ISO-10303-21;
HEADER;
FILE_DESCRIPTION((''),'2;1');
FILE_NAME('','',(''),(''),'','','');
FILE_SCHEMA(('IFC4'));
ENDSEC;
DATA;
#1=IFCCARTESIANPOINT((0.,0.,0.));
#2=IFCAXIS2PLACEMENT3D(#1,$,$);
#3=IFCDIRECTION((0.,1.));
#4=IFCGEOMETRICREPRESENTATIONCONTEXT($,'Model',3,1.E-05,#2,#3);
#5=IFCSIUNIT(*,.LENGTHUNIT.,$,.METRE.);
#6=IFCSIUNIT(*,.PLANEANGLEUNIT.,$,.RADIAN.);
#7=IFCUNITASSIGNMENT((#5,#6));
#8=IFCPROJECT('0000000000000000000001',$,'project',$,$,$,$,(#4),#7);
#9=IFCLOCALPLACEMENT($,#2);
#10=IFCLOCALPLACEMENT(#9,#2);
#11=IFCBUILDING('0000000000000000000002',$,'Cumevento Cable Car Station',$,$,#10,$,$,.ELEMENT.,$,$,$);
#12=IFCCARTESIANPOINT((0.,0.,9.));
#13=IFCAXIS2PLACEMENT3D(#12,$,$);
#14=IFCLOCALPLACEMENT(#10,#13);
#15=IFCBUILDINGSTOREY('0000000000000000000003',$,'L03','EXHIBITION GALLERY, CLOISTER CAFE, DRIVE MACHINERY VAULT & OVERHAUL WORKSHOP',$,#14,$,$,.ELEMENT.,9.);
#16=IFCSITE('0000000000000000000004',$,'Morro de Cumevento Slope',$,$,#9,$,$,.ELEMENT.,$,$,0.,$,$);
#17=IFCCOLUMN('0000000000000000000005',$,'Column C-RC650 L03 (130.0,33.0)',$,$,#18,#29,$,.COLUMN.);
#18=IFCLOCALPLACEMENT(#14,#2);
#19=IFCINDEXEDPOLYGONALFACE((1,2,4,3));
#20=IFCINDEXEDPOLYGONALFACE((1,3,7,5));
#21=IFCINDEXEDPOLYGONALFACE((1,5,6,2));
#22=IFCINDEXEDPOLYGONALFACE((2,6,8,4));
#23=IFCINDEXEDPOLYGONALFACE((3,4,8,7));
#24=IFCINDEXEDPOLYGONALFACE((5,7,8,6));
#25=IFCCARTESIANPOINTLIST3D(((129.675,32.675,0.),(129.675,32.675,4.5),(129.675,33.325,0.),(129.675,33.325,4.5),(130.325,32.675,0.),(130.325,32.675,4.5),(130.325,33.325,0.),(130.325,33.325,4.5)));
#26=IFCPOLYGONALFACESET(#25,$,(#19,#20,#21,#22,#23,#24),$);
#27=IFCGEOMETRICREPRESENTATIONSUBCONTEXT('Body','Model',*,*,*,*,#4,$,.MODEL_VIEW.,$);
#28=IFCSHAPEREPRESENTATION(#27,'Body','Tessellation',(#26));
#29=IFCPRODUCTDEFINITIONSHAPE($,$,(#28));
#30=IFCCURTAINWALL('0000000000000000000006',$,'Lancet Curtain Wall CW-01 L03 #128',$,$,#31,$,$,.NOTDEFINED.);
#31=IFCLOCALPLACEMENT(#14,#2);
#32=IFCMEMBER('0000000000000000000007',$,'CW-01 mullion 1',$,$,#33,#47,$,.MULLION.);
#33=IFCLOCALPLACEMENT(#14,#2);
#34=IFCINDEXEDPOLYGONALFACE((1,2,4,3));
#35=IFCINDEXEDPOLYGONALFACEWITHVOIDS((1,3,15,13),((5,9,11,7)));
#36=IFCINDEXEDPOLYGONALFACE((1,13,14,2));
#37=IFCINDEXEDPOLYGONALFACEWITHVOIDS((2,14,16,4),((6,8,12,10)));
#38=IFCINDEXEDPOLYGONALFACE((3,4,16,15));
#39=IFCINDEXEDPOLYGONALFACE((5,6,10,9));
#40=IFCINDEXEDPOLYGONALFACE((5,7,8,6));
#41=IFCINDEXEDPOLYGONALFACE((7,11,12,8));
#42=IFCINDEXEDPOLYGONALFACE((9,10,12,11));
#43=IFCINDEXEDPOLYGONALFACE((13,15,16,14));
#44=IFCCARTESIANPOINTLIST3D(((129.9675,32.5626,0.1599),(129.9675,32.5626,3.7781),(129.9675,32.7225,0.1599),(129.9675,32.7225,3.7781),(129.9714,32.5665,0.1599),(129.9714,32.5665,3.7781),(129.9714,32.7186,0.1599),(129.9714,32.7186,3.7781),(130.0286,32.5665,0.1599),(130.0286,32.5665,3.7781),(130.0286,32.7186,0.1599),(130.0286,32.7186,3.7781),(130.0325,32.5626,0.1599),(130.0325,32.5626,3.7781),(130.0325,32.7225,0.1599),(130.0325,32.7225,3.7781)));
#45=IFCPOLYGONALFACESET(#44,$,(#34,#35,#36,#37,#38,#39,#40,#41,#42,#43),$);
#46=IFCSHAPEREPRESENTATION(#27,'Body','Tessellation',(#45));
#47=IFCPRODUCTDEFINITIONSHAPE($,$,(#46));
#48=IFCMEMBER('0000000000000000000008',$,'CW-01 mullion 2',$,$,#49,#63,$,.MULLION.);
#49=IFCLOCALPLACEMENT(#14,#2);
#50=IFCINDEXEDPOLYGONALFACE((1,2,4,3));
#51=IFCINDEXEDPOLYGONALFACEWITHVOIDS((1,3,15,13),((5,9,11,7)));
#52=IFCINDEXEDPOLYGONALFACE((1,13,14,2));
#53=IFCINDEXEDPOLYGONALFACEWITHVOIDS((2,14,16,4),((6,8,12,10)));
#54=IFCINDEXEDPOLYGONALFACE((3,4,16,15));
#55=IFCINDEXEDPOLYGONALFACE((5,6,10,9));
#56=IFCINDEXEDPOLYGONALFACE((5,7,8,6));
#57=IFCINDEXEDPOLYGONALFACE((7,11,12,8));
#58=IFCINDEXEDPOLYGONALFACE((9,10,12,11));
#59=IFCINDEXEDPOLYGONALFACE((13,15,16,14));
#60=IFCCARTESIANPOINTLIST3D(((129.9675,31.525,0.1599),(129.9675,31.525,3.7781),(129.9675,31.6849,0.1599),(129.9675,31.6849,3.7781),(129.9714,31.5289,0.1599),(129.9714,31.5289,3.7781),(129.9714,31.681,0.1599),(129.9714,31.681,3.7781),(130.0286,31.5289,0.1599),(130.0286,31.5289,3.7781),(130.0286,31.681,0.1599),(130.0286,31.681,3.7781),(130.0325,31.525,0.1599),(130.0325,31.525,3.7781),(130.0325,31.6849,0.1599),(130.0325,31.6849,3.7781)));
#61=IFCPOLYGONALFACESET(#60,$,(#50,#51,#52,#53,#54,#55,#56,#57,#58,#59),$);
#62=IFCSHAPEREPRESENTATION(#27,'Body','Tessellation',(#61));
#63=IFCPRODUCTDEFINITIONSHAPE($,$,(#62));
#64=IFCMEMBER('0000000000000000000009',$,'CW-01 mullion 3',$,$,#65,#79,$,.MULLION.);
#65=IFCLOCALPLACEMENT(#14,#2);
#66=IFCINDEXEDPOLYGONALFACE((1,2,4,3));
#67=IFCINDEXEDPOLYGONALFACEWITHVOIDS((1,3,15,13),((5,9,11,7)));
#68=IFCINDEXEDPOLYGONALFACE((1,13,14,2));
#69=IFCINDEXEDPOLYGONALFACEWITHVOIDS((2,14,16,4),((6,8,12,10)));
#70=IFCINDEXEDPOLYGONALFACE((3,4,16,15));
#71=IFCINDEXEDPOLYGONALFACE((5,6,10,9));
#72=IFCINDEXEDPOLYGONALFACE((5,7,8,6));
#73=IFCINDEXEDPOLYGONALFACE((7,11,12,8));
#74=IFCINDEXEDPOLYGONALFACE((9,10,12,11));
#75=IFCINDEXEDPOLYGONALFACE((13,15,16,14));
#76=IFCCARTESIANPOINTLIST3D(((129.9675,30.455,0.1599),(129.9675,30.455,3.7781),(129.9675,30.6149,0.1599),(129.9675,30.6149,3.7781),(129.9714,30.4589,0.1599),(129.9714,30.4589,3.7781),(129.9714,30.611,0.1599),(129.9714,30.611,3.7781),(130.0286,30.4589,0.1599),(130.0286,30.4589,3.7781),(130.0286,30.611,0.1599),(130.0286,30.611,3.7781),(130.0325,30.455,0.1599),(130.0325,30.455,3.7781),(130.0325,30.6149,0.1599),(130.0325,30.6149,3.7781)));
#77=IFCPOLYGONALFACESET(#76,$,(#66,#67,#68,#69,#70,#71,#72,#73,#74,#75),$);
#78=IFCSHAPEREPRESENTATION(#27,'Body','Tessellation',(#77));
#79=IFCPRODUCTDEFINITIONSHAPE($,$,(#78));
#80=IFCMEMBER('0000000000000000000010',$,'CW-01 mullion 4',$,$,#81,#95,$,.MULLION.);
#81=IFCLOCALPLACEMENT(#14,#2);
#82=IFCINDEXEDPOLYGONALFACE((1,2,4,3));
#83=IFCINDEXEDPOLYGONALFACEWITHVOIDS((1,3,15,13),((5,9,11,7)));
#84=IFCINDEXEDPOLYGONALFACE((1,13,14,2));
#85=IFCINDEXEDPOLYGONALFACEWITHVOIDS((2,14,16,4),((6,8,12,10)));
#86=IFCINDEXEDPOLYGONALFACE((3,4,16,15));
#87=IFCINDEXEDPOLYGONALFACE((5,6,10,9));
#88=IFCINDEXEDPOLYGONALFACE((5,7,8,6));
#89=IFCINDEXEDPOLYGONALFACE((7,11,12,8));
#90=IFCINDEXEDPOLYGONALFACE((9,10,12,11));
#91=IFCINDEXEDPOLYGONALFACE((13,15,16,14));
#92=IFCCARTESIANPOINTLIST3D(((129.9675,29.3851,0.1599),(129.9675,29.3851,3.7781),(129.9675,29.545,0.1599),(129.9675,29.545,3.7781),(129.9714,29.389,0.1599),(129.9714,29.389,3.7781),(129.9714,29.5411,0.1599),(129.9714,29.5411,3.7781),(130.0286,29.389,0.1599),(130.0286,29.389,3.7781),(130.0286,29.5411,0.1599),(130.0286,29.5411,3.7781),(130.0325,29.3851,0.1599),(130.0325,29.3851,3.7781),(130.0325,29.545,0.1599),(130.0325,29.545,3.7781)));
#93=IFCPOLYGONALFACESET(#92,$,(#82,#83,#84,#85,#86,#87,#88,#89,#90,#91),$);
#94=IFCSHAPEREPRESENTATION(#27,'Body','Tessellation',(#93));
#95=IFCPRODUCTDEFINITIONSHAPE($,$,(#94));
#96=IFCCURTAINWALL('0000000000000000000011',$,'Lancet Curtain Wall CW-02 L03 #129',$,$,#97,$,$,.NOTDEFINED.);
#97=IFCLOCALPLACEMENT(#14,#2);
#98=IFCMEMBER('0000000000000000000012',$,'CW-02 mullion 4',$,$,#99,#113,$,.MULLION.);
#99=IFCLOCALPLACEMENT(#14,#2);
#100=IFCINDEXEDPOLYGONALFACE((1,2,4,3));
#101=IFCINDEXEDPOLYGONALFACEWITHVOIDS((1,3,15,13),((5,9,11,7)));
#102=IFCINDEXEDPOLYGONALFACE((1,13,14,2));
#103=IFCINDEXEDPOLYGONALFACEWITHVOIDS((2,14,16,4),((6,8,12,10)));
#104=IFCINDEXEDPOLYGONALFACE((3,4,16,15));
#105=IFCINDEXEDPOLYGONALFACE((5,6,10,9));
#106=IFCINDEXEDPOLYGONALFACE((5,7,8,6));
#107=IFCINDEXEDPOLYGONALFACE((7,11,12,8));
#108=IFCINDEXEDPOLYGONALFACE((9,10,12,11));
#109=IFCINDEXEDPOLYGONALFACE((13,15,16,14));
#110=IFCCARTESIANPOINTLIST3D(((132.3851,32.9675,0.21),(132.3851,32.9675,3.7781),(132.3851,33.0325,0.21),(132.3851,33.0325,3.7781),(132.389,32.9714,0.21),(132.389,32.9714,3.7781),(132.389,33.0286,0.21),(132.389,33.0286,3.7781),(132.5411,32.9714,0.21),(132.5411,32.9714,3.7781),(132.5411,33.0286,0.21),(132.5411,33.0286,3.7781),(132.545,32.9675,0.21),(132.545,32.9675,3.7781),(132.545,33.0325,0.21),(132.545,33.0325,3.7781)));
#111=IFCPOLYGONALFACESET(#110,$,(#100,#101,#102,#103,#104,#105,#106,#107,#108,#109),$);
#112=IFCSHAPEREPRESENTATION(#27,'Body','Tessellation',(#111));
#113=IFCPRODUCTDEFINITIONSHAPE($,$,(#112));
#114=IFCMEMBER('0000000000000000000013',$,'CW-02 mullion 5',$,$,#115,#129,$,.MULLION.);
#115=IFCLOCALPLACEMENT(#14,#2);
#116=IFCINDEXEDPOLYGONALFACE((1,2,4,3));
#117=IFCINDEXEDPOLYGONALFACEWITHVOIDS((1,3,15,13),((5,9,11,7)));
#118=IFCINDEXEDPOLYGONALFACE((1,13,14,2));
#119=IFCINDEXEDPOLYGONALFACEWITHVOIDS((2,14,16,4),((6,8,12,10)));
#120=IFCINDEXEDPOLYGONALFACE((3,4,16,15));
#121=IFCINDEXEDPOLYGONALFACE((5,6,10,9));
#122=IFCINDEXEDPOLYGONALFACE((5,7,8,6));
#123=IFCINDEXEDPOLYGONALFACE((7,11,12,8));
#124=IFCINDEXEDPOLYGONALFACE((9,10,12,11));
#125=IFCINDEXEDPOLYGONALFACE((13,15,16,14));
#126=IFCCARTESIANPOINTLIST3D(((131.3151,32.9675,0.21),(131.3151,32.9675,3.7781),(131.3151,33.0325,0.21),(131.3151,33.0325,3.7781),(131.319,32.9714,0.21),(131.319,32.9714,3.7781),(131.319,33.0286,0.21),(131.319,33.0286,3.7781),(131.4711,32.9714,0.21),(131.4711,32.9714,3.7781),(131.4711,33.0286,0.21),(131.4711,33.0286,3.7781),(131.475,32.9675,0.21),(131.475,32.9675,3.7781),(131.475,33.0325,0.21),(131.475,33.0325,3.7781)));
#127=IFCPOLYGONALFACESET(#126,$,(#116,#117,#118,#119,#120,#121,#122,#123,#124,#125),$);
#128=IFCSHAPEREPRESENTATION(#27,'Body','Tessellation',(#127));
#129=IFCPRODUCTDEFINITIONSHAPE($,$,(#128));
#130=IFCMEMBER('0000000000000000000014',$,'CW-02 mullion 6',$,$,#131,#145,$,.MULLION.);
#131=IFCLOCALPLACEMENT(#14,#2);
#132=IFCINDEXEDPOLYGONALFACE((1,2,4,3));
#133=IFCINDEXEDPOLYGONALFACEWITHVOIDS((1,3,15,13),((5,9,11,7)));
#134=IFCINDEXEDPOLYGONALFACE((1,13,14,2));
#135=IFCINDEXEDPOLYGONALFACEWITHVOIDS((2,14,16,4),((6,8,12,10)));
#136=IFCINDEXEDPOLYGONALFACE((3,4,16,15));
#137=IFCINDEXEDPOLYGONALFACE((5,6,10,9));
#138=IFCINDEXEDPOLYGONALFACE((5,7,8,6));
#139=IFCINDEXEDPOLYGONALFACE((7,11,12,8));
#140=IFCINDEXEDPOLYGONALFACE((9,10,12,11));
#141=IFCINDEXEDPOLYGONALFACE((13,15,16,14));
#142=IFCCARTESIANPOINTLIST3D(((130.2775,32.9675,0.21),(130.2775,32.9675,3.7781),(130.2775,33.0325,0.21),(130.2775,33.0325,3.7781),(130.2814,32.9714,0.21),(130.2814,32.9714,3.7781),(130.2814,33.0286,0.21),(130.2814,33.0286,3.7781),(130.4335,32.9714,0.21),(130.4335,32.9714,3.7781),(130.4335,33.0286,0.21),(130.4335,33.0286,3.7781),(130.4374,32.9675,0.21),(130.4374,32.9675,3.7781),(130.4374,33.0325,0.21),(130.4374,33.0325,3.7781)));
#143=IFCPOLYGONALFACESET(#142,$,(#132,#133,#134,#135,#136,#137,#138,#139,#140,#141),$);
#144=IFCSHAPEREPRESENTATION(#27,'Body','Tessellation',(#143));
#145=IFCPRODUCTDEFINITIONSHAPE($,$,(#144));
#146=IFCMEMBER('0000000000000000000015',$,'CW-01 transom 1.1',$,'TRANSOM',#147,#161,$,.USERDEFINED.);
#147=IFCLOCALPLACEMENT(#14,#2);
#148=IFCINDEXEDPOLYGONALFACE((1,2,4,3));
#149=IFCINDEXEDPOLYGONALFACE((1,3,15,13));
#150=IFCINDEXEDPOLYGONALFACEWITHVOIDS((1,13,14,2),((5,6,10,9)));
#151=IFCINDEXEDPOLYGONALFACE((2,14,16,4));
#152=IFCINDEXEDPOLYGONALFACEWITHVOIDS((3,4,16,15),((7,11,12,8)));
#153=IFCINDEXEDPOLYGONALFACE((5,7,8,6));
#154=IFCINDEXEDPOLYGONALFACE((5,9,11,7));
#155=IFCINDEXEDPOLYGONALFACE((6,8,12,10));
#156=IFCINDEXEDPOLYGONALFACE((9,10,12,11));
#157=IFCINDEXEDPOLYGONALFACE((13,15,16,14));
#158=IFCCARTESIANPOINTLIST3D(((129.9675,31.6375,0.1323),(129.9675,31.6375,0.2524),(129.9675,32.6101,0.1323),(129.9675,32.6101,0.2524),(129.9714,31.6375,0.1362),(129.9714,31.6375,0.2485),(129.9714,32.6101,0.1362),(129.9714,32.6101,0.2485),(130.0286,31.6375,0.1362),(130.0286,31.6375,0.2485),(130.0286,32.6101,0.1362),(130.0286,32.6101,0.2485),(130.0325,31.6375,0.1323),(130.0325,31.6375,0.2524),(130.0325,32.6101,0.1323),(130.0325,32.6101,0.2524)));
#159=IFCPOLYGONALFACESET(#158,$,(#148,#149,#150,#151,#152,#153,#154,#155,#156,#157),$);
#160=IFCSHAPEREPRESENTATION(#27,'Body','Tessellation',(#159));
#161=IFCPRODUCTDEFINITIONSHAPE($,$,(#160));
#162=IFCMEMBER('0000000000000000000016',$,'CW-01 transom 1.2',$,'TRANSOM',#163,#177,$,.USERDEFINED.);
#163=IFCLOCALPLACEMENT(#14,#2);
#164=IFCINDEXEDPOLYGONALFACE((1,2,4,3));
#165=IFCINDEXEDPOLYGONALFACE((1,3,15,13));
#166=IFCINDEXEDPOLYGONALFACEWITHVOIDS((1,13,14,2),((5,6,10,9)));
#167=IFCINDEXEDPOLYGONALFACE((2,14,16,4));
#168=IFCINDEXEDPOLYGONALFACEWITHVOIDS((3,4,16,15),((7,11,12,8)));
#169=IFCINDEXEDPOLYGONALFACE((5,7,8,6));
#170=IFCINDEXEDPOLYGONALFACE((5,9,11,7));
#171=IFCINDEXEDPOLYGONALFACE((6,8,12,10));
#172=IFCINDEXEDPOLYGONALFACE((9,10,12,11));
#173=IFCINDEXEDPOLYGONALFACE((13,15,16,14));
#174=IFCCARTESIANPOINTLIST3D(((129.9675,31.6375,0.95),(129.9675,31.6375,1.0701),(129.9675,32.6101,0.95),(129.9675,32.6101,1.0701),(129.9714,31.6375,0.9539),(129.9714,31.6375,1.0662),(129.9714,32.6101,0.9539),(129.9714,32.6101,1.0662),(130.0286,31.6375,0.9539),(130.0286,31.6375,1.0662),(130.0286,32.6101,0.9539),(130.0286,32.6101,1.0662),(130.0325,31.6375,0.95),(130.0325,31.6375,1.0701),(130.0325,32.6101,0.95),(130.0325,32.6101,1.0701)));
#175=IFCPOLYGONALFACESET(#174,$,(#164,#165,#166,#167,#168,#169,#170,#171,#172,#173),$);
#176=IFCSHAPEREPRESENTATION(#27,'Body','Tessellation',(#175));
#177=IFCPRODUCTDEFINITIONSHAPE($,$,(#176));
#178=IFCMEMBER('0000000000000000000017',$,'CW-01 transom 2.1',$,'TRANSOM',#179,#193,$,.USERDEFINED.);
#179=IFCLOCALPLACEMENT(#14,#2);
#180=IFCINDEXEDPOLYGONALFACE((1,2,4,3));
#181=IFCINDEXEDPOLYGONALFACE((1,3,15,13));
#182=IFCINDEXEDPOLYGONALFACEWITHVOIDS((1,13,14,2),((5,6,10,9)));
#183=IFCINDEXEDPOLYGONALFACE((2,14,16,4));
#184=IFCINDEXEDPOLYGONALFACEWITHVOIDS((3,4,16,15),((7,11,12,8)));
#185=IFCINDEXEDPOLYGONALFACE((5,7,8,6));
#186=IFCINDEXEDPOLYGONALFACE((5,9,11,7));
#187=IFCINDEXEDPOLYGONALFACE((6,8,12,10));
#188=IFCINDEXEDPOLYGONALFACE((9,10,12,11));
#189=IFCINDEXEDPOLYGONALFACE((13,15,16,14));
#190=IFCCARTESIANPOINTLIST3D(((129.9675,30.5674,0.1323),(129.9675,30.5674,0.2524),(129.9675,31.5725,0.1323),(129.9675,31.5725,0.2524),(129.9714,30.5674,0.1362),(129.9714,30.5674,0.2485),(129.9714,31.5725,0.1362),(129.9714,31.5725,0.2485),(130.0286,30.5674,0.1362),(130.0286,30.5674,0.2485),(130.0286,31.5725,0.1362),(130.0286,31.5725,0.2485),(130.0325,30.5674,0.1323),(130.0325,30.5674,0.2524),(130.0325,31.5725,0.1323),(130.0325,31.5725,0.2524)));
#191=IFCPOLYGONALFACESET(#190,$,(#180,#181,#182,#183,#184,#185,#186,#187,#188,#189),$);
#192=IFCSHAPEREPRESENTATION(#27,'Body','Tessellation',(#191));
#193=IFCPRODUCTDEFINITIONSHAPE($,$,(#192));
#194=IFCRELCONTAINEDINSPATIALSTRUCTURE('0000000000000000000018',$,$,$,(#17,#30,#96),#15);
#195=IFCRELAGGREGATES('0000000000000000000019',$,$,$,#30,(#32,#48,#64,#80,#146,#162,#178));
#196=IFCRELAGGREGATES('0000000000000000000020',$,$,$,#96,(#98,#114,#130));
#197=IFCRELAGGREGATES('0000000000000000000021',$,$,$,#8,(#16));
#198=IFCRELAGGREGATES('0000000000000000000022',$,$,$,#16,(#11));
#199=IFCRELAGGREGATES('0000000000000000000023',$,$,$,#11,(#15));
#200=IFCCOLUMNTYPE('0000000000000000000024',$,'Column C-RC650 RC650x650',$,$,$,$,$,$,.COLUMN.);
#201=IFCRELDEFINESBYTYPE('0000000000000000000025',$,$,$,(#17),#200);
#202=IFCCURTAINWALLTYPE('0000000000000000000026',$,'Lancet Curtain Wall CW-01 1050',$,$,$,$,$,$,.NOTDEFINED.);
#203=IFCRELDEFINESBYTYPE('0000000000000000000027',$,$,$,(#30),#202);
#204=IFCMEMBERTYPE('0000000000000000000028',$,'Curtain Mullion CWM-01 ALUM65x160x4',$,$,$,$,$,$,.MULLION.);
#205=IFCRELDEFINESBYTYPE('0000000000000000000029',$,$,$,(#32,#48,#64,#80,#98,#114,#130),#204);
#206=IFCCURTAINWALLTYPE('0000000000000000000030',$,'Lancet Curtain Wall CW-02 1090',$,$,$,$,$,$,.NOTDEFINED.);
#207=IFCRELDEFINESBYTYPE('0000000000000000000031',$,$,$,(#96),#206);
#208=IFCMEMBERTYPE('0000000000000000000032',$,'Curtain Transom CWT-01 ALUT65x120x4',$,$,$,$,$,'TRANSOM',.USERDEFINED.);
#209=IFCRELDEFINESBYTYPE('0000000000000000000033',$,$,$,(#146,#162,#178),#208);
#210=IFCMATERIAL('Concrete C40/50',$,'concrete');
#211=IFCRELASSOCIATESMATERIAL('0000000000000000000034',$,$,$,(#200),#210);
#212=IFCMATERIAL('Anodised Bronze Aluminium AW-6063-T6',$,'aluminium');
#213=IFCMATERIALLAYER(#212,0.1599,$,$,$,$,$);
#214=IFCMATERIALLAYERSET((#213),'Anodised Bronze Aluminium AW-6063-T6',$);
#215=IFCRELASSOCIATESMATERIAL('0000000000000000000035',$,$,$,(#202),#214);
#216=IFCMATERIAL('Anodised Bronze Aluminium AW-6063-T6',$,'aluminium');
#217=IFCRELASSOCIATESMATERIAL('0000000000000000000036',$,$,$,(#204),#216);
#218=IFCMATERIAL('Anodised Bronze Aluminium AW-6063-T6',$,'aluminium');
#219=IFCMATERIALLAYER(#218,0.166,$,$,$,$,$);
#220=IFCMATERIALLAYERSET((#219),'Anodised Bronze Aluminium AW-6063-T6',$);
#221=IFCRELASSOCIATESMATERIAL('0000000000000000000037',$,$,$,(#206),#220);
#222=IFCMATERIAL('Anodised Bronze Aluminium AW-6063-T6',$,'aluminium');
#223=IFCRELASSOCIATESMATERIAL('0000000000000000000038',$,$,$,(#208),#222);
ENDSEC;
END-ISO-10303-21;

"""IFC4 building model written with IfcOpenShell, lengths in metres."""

from ifc_helpers import new_model, si_unit, direction, frame, origin, origin_2d, place, context, subcontext, project, spatial, rectangle, hollow_rectangle, extrude, material, layer, layer_set, material_profile, profile_set, type_object, element, aggregate, save


model = new_model("IFC4")

# Units and contexts
model_context = context("Model", 3, precision=1e-05, world=origin(), true_north=direction((0.0, 1.0)))
body_context = subcontext(model_context, "Body", "Model", "MODEL_VIEW")
ifc_project = project(units=[si_unit("LENGTHUNIT", "METRE"), si_unit("PLANEANGLEUNIT", "RADIAN")], contexts=[model_context])

# Site, building, storey
site_placement = place(None, origin())
site = spatial("IfcSite", under=ifc_project, at=site_placement, Name="Morro de Cumevento Slope", CompositionType="ELEMENT", RefElevation=0.0)
building_placement = place(site_placement, origin())
building = spatial("IfcBuilding", under=site, at=building_placement, Name="Cumevento Cable Car Station", CompositionType="ELEMENT")
storey_placement = place(building_placement, frame((0.0, 0.0, 9.0)))
storey = spatial("IfcBuildingStorey", under=building, at=storey_placement, Name="L03", Description="EXHIBITION GALLERY, CLOISTER CAFE, DRIVE MACHINERY VAULT & OVERHAUL WORKSHOP", CompositionType="ELEMENT", Elevation=9.0)

# Column
ifc_material_1 = material(Name="Concrete C40/50", Category="concrete")
ifc_material_profile_1 = material_profile(ifc_material_1, rectangle(XDim=0.6499, YDim=0.6499, at=origin_2d()), Name="RC650x650")
ifc_profile_set_1 = profile_set([ifc_material_profile_1], Name="Concrete C40/50")
column_type = type_object("IfcColumnType", Name="Column C-RC650 RC650x650", PredefinedType="COLUMN", material=ifc_profile_set_1)
column_placement = place(storey_placement, frame((130.0, 33.0, 0.0), z_axis=(0.0, 0.0, 1.0), x_axis=(1.0, 0.0, 0.0)))
element("IfcColumn", 1, at=column_placement, inside=storey, type_object=column_type, Name="Column C-RC650 L03 (130.0,33.0)", PredefinedType="COLUMN", context=body_context, shape_type="SweptSolid", body=[
    extrude(rectangle(XDim=0.6499, YDim=0.6499, at=origin_2d()), origin(), (0.0, 0.0, 1.0), 4.5),
])

# Curtain walls, members
ifc_material_2 = material(Name="Anodised Bronze Aluminium AW-6063-T6", Category="aluminium")
ifc_layer_1 = layer(ifc_material_2, 0.1599)
ifc_layer_set_1 = layer_set([ifc_layer_1], Name="Anodised Bronze Aluminium AW-6063-T6")
curtain_wall_type_1 = type_object("IfcCurtainWallType", Name="Lancet Curtain Wall CW-01 1050", PredefinedType="NOTDEFINED", material=ifc_layer_set_1)
curtain_wall_1_placement = place(storey_placement, origin())
curtain_wall_1 = element("IfcCurtainWall", 2, at=curtain_wall_1_placement, inside=storey, type_object=curtain_wall_type_1, Name="Lancet Curtain Wall CW-01 L03 #128", PredefinedType="NOTDEFINED")
ifc_material_3 = material(Name="Anodised Bronze Aluminium AW-6063-T6", Category="aluminium")
ifc_material_profile_2 = material_profile(ifc_material_3, hollow_rectangle(XDim=0.0649, YDim=0.1599, WallThickness=0.0039, at=origin_2d()), Name="ALUM65x160x4")
ifc_profile_set_2 = profile_set([ifc_material_profile_2], Name="Anodised Bronze Aluminium AW-6063-T6")
member_type_1 = type_object("IfcMemberType", Name="Curtain Mullion CWM-01 ALUM65x160x4", PredefinedType="MULLION", material=ifc_profile_set_2)
member_1_placement = place(storey_placement, frame((130.0, 32.6426, 0.1599), z_axis=(0.0, 0.0, 1.0), x_axis=(1.0, 0.0, 0.0)))
member_1 = element("IfcMember", 3, at=member_1_placement, type_object=member_type_1, Name="CW-01 mullion 1", PredefinedType="MULLION", context=body_context, shape_type="SweptSolid", body=[
    extrude(hollow_rectangle(XDim=0.0649, YDim=0.1599, WallThickness=0.0039, at=origin_2d()), origin(), (0.0, 0.0, 1.0), 3.6182),
])
member_2_placement = place(storey_placement, frame((130.0, 31.605, 0.1599), z_axis=(0.0, 0.0, 1.0), x_axis=(1.0, 0.0, 0.0)))
member_2 = element("IfcMember", 4, at=member_2_placement, type_object=member_type_1, Name="CW-01 mullion 2", PredefinedType="MULLION", context=body_context, shape_type="SweptSolid", body=[
    extrude(hollow_rectangle(XDim=0.0649, YDim=0.1599, WallThickness=0.0039, at=origin_2d()), origin(), (0.0, 0.0, 1.0), 3.6182),
])
member_3_placement = place(storey_placement, frame((130.0, 30.5349, 0.1599), z_axis=(0.0, 0.0, 1.0), x_axis=(1.0, 0.0, 0.0)))
member_3 = element("IfcMember", 5, at=member_3_placement, type_object=member_type_1, Name="CW-01 mullion 3", PredefinedType="MULLION", context=body_context, shape_type="SweptSolid", body=[
    extrude(hollow_rectangle(XDim=0.0649, YDim=0.1599, WallThickness=0.0039, at=origin_2d()), origin(), (0.0, 0.0, 1.0), 3.6182),
])
member_4_placement = place(storey_placement, frame((130.0, 29.4651, 0.1599), z_axis=(0.0, 0.0, 1.0), x_axis=(1.0, 0.0, 0.0)))
member_4 = element("IfcMember", 6, at=member_4_placement, type_object=member_type_1, Name="CW-01 mullion 4", PredefinedType="MULLION", context=body_context, shape_type="SweptSolid", body=[
    extrude(hollow_rectangle(XDim=0.0649, YDim=0.1599, WallThickness=0.0039, at=origin_2d()), origin(), (0.0, 0.0, 1.0), 3.6182),
])
ifc_material_4 = material(Name="Anodised Bronze Aluminium AW-6063-T6", Category="aluminium")
ifc_layer_2 = layer(ifc_material_4, 0.166)
ifc_layer_set_2 = layer_set([ifc_layer_2], Name="Anodised Bronze Aluminium AW-6063-T6")
curtain_wall_type_2 = type_object("IfcCurtainWallType", Name="Lancet Curtain Wall CW-02 1090", PredefinedType="NOTDEFINED", material=ifc_layer_set_2)
curtain_wall_2_placement = place(storey_placement, origin())
curtain_wall_2 = element("IfcCurtainWall", 7, at=curtain_wall_2_placement, inside=storey, type_object=curtain_wall_type_2, Name="Lancet Curtain Wall CW-02 L03 #129", PredefinedType="NOTDEFINED")
member_5_placement = place(storey_placement, frame((132.4651, 33.0, 0.21), z_axis=(0.0, 0.0, 1.0), x_axis=(0.0, -1.0, 0.0)))
member_5 = element("IfcMember", 8, at=member_5_placement, type_object=member_type_1, Name="CW-02 mullion 4", PredefinedType="MULLION", context=body_context, shape_type="SweptSolid", body=[
    extrude(hollow_rectangle(XDim=0.0649, YDim=0.1599, WallThickness=0.0039, at=origin_2d()), origin(), (0.0, 0.0, 1.0), 3.5681),
])
member_6_placement = place(storey_placement, frame((131.395, 33.0, 0.21), z_axis=(0.0, 0.0, 1.0), x_axis=(0.0, -1.0, 0.0)))
member_6 = element("IfcMember", 9, at=member_6_placement, type_object=member_type_1, Name="CW-02 mullion 5", PredefinedType="MULLION", context=body_context, shape_type="SweptSolid", body=[
    extrude(hollow_rectangle(XDim=0.0649, YDim=0.1599, WallThickness=0.0039, at=origin_2d()), origin(), (0.0, 0.0, 1.0), 3.5681),
])
member_7_placement = place(storey_placement, frame((130.3574, 33.0, 0.21), z_axis=(0.0, 0.0, 1.0), x_axis=(0.0, -1.0, 0.0)))
member_7 = element("IfcMember", 10, at=member_7_placement, type_object=member_type_1, Name="CW-02 mullion 6", PredefinedType="MULLION", context=body_context, shape_type="SweptSolid", body=[
    extrude(hollow_rectangle(XDim=0.0649, YDim=0.1599, WallThickness=0.0039, at=origin_2d()), origin(), (0.0, 0.0, 1.0), 3.5681),
])

# Members
ifc_material_5 = material(Name="Anodised Bronze Aluminium AW-6063-T6", Category="aluminium")
ifc_material_profile_3 = material_profile(ifc_material_5, hollow_rectangle(XDim=0.0649, YDim=0.1201, WallThickness=0.0039, at=origin_2d()), Name="ALUT65x120x4")
ifc_profile_set_3 = profile_set([ifc_material_profile_3], Name="Anodised Bronze Aluminium AW-6063-T6")
member_type_2 = type_object("IfcMemberType", Name="Curtain Transom CWT-01 ALUT65x120x4", ElementType="TRANSOM", PredefinedType="USERDEFINED", material=ifc_profile_set_3)
member_8_placement = place(storey_placement, frame((130.0, 32.6101, 0.1924), z_axis=(0.0, -1.0, 0.0), x_axis=(1.0, 0.0, 0.0)))
member_8 = element("IfcMember", 11, at=member_8_placement, type_object=member_type_2, Name="CW-01 transom 1.1", ObjectType="TRANSOM", PredefinedType="USERDEFINED", context=body_context, shape_type="SweptSolid", body=[
    extrude(hollow_rectangle(XDim=0.0649, YDim=0.1201, WallThickness=0.0039, at=origin_2d()), origin(), (0.0, 0.0, 1.0), 0.9727),
])
member_9_placement = place(storey_placement, frame((130.0, 32.6101, 1.01), z_axis=(0.0, -1.0, 0.0), x_axis=(1.0, 0.0, 0.0)))
member_9 = element("IfcMember", 12, at=member_9_placement, type_object=member_type_2, Name="CW-01 transom 1.2", ObjectType="TRANSOM", PredefinedType="USERDEFINED", context=body_context, shape_type="SweptSolid", body=[
    extrude(hollow_rectangle(XDim=0.0649, YDim=0.1201, WallThickness=0.0039, at=origin_2d()), origin(), (0.0, 0.0, 1.0), 0.9727),
])
member_10_placement = place(storey_placement, frame((130.0, 31.5725, 0.1924), z_axis=(0.0, -1.0, 0.0), x_axis=(1.0, 0.0, 0.0)))
member_10 = element("IfcMember", 13, at=member_10_placement, type_object=member_type_2, Name="CW-01 transom 2.1", ObjectType="TRANSOM", PredefinedType="USERDEFINED", context=body_context, shape_type="SweptSolid", body=[
    extrude(hollow_rectangle(XDim=0.0649, YDim=0.1201, WallThickness=0.0039, at=origin_2d()), origin(), (0.0, 0.0, 1.0), 1.0051),
])

aggregate(curtain_wall_1, [member_1, member_2, member_3, member_4, member_8, member_9, member_10])
aggregate(curtain_wall_2, [member_5, member_6, member_7])

save(model, "model.ifc")
